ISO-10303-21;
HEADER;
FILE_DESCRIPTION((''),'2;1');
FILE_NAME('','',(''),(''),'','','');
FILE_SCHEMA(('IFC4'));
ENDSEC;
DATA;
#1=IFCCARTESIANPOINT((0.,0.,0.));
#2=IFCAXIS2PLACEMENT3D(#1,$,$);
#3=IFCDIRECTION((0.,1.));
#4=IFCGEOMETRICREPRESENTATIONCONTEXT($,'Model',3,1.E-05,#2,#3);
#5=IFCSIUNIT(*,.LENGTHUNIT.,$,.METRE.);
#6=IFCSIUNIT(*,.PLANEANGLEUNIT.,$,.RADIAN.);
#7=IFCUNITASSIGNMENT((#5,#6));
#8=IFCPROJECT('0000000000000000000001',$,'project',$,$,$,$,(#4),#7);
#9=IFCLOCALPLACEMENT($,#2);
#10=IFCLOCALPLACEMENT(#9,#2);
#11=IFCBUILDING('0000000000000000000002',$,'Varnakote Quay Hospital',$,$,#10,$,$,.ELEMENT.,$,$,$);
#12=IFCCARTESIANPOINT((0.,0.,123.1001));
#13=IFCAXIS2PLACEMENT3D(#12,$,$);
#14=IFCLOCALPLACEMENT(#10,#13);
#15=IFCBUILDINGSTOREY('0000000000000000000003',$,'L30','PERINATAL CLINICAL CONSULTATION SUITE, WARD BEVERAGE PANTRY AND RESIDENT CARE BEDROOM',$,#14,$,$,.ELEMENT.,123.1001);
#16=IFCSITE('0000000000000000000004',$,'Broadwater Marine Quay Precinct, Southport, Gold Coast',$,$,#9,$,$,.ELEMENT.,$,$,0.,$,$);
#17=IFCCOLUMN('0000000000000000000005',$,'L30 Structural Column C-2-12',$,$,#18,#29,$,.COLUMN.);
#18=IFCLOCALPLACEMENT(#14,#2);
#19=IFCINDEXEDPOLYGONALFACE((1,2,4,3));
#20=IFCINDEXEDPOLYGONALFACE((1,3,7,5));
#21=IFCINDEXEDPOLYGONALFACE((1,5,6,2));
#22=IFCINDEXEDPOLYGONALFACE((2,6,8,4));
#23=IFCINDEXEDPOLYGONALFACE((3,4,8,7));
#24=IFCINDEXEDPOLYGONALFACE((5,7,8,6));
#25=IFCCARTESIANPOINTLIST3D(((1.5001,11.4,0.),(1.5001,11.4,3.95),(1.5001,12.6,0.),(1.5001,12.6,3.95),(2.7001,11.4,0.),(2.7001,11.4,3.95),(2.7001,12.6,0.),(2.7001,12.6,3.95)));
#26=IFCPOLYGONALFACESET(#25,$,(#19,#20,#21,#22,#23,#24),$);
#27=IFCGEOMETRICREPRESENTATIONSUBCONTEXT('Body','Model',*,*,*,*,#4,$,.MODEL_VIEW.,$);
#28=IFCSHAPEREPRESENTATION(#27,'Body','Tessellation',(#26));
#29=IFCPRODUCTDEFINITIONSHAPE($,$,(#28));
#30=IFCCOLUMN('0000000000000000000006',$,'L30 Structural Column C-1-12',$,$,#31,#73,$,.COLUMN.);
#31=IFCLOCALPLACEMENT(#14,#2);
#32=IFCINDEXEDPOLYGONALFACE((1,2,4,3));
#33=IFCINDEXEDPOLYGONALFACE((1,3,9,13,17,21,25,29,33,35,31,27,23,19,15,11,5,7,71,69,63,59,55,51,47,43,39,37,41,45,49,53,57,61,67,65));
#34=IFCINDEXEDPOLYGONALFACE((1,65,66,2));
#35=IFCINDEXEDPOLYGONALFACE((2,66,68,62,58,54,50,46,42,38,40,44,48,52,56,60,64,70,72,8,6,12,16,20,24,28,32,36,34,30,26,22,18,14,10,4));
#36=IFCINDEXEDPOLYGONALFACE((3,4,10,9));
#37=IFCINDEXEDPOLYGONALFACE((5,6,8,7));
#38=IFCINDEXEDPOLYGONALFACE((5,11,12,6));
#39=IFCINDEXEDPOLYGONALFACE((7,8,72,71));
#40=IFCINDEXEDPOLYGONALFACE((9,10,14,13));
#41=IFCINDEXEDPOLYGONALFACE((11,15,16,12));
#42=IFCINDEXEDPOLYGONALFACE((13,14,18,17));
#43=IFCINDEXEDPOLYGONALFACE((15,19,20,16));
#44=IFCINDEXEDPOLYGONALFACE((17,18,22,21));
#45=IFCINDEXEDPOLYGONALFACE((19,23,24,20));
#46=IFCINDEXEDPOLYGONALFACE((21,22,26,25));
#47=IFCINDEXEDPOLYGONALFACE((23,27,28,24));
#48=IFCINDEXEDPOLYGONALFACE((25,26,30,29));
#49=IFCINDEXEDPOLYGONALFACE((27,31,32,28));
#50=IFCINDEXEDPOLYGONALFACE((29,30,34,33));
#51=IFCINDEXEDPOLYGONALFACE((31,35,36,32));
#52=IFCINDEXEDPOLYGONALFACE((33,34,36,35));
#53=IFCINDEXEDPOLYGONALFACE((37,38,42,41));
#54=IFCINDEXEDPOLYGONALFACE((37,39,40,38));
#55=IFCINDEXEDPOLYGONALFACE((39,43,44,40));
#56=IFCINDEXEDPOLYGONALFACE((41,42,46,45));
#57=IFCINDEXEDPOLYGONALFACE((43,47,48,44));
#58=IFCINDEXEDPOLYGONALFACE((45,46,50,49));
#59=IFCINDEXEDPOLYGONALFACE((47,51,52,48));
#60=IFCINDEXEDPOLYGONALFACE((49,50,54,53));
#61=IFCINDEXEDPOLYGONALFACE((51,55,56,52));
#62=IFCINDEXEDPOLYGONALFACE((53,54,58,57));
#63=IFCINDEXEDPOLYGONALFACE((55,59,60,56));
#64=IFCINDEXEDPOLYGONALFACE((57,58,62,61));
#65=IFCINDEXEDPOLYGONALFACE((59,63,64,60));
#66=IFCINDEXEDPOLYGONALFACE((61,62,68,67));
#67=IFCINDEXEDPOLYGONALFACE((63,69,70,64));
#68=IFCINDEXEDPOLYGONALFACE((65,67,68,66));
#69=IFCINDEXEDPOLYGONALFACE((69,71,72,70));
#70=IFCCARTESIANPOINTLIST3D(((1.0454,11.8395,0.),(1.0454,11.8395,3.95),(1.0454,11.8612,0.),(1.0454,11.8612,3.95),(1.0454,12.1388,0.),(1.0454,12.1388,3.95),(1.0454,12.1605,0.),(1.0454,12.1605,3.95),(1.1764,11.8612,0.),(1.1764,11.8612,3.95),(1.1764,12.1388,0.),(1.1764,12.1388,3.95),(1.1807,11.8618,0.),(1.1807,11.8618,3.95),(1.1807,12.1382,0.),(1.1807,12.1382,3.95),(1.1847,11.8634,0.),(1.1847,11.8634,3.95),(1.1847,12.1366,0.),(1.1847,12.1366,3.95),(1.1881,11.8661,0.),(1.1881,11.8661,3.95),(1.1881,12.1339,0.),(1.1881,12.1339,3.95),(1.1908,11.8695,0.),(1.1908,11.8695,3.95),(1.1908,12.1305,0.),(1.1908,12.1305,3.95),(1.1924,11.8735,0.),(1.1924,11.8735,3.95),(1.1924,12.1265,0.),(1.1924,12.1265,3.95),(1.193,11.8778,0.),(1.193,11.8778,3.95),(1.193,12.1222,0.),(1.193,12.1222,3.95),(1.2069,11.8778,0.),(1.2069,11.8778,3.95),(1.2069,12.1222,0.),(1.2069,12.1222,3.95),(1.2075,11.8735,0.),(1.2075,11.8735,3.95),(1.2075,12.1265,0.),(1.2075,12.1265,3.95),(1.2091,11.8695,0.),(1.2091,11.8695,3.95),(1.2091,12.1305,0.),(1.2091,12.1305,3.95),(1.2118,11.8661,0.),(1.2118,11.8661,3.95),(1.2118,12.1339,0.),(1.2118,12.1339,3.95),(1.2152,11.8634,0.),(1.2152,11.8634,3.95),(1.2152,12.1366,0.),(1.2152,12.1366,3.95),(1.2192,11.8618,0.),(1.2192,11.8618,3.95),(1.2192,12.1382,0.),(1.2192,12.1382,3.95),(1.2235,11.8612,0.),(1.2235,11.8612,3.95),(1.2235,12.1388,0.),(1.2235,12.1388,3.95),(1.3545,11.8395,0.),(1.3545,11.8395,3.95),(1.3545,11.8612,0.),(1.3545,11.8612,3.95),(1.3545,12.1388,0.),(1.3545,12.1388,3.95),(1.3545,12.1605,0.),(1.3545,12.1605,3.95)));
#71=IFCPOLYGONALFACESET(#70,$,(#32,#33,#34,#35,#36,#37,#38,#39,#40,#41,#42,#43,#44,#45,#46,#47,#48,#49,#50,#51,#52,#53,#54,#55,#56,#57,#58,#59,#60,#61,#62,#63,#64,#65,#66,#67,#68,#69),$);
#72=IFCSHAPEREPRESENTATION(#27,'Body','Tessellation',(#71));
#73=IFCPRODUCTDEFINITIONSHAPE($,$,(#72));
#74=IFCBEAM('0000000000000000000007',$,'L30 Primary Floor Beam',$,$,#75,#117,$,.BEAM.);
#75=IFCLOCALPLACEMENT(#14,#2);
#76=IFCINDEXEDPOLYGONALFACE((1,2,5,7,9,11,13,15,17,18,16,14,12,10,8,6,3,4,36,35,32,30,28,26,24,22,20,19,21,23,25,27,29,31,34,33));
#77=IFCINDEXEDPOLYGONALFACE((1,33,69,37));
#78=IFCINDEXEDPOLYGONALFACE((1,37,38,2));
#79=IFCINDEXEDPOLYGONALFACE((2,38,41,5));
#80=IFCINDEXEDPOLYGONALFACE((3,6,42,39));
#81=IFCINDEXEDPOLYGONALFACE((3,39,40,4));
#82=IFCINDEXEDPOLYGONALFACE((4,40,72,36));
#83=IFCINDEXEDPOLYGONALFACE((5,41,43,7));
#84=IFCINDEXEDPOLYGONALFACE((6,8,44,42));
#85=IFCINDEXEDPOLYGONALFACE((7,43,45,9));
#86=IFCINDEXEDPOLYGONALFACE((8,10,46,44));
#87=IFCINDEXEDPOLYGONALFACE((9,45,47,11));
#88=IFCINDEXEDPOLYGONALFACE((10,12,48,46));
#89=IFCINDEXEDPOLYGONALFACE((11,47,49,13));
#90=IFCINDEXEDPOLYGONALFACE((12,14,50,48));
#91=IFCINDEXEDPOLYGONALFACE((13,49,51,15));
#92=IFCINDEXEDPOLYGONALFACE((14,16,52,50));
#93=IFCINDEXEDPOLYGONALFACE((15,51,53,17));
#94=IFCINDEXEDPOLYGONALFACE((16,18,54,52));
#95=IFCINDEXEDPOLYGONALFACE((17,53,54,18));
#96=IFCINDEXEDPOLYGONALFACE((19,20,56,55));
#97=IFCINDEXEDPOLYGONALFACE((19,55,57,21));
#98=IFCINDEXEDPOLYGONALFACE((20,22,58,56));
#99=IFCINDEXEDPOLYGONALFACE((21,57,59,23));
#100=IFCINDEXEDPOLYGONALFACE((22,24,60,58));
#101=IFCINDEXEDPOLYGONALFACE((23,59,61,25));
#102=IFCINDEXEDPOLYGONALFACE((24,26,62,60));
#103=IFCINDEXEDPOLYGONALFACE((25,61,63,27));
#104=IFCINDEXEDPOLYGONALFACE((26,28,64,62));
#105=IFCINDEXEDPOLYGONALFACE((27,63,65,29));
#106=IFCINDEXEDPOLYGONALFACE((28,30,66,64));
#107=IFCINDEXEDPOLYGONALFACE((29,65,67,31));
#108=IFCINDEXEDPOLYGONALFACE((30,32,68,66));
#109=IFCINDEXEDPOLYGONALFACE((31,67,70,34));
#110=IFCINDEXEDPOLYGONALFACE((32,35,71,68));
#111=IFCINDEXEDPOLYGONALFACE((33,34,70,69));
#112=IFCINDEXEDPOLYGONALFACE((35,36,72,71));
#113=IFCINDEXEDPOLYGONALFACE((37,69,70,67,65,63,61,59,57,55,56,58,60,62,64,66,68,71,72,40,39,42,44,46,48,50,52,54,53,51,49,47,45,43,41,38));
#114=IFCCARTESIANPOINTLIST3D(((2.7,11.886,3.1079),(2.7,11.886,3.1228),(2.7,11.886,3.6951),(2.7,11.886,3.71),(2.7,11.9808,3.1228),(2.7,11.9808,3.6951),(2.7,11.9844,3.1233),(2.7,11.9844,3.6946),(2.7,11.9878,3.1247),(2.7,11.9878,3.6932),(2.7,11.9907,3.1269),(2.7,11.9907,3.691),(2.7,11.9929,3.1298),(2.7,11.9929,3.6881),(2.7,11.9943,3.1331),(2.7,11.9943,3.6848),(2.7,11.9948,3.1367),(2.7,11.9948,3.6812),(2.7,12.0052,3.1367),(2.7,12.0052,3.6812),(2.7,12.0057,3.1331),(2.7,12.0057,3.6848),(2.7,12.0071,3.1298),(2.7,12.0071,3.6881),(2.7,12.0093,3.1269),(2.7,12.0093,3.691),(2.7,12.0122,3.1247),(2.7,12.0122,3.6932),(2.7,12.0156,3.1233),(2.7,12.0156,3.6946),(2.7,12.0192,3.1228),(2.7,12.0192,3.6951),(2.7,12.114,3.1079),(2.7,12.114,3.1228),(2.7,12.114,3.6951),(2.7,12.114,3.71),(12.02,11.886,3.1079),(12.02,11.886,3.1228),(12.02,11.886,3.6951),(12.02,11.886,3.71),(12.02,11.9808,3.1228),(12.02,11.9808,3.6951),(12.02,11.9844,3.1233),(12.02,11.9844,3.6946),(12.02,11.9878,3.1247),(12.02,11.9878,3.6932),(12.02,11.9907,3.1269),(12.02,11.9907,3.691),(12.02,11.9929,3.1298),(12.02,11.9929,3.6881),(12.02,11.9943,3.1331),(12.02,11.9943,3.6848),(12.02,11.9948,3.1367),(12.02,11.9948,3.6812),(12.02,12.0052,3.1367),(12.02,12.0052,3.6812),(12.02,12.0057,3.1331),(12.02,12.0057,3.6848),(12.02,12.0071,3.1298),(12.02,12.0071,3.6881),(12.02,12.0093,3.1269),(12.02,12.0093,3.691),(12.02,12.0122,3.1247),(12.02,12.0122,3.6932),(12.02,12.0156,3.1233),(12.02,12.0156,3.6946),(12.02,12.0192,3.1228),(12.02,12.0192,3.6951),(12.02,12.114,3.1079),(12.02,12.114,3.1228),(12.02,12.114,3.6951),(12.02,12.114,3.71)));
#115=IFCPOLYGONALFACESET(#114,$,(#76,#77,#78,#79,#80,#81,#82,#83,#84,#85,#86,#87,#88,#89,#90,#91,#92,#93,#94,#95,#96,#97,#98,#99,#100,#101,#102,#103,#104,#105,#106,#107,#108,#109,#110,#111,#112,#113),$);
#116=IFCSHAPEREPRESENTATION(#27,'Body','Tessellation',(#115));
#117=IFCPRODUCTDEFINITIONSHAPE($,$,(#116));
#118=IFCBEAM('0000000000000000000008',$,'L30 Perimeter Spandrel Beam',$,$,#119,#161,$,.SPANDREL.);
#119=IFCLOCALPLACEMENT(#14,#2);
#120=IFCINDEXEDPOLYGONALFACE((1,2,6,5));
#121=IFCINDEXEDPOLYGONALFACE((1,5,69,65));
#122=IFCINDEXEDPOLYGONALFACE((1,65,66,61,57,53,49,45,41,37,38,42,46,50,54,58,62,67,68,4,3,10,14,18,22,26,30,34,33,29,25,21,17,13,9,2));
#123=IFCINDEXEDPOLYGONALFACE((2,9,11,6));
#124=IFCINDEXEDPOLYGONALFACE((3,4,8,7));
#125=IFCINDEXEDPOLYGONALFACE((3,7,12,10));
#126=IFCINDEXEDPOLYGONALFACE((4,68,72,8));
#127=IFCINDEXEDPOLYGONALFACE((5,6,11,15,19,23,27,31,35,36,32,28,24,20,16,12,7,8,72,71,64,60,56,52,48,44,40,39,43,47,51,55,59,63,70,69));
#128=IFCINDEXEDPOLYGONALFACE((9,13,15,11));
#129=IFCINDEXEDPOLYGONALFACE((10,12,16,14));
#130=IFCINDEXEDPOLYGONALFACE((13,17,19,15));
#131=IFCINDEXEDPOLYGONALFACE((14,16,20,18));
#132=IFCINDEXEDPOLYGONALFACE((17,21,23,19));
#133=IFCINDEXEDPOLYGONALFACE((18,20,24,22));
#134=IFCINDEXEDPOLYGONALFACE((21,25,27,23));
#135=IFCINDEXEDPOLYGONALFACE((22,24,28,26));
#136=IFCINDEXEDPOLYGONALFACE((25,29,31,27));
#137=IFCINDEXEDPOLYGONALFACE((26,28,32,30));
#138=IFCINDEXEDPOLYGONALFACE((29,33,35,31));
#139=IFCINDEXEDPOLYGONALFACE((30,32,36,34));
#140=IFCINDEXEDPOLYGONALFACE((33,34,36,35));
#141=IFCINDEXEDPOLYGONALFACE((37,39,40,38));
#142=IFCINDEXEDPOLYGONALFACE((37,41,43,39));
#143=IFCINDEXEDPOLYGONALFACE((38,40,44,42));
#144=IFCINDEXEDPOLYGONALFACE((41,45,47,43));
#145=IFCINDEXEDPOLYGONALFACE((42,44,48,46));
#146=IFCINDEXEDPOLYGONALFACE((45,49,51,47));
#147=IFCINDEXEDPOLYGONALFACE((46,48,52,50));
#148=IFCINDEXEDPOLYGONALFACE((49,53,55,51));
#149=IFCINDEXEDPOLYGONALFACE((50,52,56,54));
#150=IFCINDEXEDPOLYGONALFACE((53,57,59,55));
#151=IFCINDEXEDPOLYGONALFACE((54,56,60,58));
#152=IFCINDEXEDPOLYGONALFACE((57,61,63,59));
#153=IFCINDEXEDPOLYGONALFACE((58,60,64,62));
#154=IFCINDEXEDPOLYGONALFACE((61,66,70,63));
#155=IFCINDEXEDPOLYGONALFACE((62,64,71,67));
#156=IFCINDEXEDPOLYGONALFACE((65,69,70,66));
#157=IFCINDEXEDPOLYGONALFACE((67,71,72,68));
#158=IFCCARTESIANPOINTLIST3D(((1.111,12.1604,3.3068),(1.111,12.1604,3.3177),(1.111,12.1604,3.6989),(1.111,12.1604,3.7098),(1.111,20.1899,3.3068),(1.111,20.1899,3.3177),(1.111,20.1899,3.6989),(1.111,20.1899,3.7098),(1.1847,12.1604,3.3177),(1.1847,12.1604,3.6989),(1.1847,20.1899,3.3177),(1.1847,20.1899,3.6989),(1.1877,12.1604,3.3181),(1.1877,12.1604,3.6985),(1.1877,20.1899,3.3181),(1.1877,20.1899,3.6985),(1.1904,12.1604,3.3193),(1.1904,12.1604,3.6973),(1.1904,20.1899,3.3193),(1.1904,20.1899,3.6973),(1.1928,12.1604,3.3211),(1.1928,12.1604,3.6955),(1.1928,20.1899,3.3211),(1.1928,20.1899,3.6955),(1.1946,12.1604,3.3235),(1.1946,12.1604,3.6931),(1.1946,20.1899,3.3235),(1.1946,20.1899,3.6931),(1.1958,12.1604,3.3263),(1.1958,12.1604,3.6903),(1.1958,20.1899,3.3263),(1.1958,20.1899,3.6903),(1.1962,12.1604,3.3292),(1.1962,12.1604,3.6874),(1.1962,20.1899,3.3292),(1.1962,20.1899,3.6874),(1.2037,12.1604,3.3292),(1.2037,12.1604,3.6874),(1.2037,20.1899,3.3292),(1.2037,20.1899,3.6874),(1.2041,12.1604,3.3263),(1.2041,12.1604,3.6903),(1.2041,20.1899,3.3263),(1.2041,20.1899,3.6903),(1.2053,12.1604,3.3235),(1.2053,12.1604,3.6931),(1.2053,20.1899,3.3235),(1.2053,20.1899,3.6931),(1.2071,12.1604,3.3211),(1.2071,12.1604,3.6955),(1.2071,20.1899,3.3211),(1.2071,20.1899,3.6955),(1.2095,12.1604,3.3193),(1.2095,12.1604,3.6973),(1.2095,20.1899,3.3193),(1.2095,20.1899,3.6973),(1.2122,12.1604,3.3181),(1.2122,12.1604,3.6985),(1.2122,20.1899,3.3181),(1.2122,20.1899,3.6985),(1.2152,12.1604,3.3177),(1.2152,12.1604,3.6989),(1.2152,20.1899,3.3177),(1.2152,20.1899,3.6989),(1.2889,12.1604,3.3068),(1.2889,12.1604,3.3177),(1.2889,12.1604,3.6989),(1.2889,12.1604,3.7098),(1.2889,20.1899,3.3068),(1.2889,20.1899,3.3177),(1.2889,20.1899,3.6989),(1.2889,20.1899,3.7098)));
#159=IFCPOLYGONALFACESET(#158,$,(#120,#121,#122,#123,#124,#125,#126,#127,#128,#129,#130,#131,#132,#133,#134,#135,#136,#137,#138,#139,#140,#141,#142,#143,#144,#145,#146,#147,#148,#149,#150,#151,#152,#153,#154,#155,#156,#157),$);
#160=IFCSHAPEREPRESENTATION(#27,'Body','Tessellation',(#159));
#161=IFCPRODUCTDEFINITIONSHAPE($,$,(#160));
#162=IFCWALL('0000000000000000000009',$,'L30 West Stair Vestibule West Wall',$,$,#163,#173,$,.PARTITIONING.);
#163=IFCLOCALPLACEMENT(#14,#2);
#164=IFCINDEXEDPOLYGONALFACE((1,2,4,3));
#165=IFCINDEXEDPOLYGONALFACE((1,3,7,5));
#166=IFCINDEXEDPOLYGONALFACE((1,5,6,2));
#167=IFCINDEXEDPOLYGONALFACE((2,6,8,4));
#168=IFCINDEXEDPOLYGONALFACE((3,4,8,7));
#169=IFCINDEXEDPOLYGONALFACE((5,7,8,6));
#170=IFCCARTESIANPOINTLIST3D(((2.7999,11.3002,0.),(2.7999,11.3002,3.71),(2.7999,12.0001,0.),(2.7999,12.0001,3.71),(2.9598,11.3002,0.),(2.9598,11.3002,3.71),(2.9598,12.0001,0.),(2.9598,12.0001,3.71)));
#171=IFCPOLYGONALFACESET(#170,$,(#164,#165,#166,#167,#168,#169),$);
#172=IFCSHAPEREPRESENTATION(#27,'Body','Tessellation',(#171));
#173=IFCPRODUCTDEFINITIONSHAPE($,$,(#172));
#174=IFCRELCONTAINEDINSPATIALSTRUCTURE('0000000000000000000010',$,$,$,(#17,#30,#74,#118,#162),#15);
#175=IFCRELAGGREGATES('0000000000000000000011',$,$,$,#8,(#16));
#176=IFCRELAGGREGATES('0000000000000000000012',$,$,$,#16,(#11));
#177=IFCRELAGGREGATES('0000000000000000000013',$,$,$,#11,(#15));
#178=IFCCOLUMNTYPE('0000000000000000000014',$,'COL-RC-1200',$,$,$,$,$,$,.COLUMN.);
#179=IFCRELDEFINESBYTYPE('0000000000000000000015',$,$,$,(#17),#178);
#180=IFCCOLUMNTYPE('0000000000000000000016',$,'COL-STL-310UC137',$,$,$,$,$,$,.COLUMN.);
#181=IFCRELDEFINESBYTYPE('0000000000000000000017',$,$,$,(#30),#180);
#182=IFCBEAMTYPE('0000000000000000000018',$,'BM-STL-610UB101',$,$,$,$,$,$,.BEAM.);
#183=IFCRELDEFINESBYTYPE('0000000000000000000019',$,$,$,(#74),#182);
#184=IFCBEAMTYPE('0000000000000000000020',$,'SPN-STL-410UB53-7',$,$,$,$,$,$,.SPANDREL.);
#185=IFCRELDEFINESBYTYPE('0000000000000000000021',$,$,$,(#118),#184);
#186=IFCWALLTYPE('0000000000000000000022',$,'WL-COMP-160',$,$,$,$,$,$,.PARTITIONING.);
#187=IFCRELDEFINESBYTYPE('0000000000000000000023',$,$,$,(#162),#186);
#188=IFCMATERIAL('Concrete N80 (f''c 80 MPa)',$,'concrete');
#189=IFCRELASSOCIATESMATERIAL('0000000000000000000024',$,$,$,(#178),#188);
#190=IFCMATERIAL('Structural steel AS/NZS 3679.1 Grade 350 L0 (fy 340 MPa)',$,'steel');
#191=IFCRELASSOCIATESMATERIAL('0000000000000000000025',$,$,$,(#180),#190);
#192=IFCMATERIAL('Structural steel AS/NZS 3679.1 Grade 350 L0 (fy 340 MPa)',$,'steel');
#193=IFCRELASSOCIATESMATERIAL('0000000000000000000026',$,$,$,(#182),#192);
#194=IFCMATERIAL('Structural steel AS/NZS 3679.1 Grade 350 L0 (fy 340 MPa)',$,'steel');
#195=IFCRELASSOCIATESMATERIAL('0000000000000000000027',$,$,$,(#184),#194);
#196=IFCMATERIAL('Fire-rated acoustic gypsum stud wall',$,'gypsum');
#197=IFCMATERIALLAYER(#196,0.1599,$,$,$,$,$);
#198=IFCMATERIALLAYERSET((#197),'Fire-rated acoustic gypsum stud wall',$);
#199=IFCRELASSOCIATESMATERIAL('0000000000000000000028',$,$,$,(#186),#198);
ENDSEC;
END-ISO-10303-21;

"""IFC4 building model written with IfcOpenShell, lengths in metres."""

from ifc_helpers import new_model, si_unit, direction, frame, frame_2d, origin, origin_2d, place, context, subcontext, project, spatial, rectangle, i_section, extrude, material, layer, layer_set, material_profile, profile_set, type_object, element, save


model = new_model("IFC4")

# Units and contexts
model_context = context("Model", 3, precision=1e-05, world=origin(), true_north=direction((0.0, 1.0)))
body_context = subcontext(model_context, "Body", "Model", "MODEL_VIEW")
ifc_project = project(units=[si_unit("LENGTHUNIT", "METRE"), si_unit("PLANEANGLEUNIT", "RADIAN")], contexts=[model_context])

# Site, building, storey
site_placement = place(None, origin())
site = spatial("IfcSite", under=ifc_project, at=site_placement, Name="Broadwater Marine Quay Precinct, Southport, Gold Coast", CompositionType="ELEMENT", RefElevation=0.0)
building_placement = place(site_placement, origin())
building = spatial("IfcBuilding", under=site, at=building_placement, Name="Varnakote Quay Hospital", CompositionType="ELEMENT")
storey_placement = place(building_placement, frame((0.0, 0.0, 123.1001)))
storey = spatial("IfcBuildingStorey", under=building, at=storey_placement, Name="L30", Description="PERINATAL CLINICAL CONSULTATION SUITE, WARD BEVERAGE PANTRY AND RESIDENT CARE BEDROOM", CompositionType="ELEMENT", Elevation=123.1001)

# Columns
ifc_material_1 = material(Name="Concrete N80 (f'c 80 MPa)", Category="concrete")
ifc_material_profile_1 = material_profile(ifc_material_1, rectangle(XDim=1.2, YDim=1.2, at=origin_2d()), Name="RC-COL-1200x1200")
ifc_profile_set_1 = profile_set([ifc_material_profile_1], Name="Concrete N80 (f'c 80 MPa)")
column_type_1 = type_object("IfcColumnType", Name="COL-RC-1200", PredefinedType="COLUMN", material=ifc_profile_set_1)
column_1_placement = place(storey_placement, frame((2.1001, 12.0, 0.0), z_axis=(0.0, 0.0, 1.0), x_axis=(1.0, 0.0, 0.0)))
element("IfcColumn", 1, at=column_1_placement, inside=storey, type_object=column_type_1, Name="L30 Structural Column C-2-12", PredefinedType="COLUMN", context=body_context, shape_type="SweptSolid", body=[
    extrude(rectangle(XDim=1.2, YDim=1.2, at=origin_2d()), origin(), (0.0, 0.0, 1.0), 3.95),
])
ifc_material_2 = material(Name="Structural steel AS/NZS 3679.1 Grade 350 L0 (fy 340 MPa)", Category="steel")
ifc_material_profile_2 = material_profile(ifc_material_2, i_section(OverallWidth=0.3091, OverallDepth=0.321, WebThickness=0.0139, FlangeThickness=0.0217, FilletRadius=0.0166, at=origin_2d()), Name="310UC137")
ifc_profile_set_2 = profile_set([ifc_material_profile_2], Name="Structural steel AS/NZS 3679.1 Grade 350 L0 (fy 340 MPa)")
column_type_2 = type_object("IfcColumnType", Name="COL-STL-310UC137", PredefinedType="COLUMN", material=ifc_profile_set_2)
column_2_placement = place(storey_placement, frame((1.2, 12.0, 0.0), z_axis=(0.0, 0.0, 1.0), x_axis=(1.0, 0.0, 0.0)))
element("IfcColumn", 2, at=column_2_placement, inside=storey, type_object=column_type_2, Name="L30 Structural Column C-1-12", PredefinedType="COLUMN", context=body_context, shape_type="SweptSolid", body=[
    extrude(i_section(OverallWidth=0.3091, OverallDepth=0.321, WebThickness=0.0139, FlangeThickness=0.0217, FilletRadius=0.0166, at=origin_2d()), origin(), (0.0, 0.0, 1.0), 3.95),
])

# Beams
ifc_material_3 = material(Name="Structural steel AS/NZS 3679.1 Grade 350 L0 (fy 340 MPa)", Category="steel")
ifc_material_profile_3 = material_profile(ifc_material_3, i_section(OverallWidth=0.228, OverallDepth=0.6021, WebThickness=0.0105, FlangeThickness=0.0149, FilletRadius=0.0139, at=origin_2d()), Name="610UB101")
ifc_profile_set_3 = profile_set([ifc_material_profile_3], Name="Structural steel AS/NZS 3679.1 Grade 350 L0 (fy 340 MPa)")
beam_type_1 = type_object("IfcBeamType", Name="BM-STL-610UB101", PredefinedType="BEAM", material=ifc_profile_set_3)
beam_1_placement = place(storey_placement, frame((2.7, 12.0, 3.4089), z_axis=(1.0, 0.0, 0.0), x_axis=(0.0, 1.0, 0.0)))
element("IfcBeam", 3, at=beam_1_placement, inside=storey, type_object=beam_type_1, Name="L30 Primary Floor Beam", PredefinedType="BEAM", context=body_context, shape_type="SweptSolid", body=[
    extrude(i_section(OverallWidth=0.228, OverallDepth=0.6021, WebThickness=0.0105, FlangeThickness=0.0149, FilletRadius=0.0139, at=origin_2d()), origin(), (0.0, 0.0, 1.0), 9.3201),
])
ifc_material_4 = material(Name="Structural steel AS/NZS 3679.1 Grade 350 L0 (fy 340 MPa)", Category="steel")
ifc_material_profile_4 = material_profile(ifc_material_4, i_section(OverallWidth=0.178, OverallDepth=0.4031, WebThickness=0.0076, FlangeThickness=0.011, FilletRadius=0.0115, at=origin_2d()), Name="410UB53.7")
ifc_profile_set_4 = profile_set([ifc_material_profile_4], Name="Structural steel AS/NZS 3679.1 Grade 350 L0 (fy 340 MPa)")
beam_type_2 = type_object("IfcBeamType", Name="SPN-STL-410UB53-7", PredefinedType="SPANDREL", material=ifc_profile_set_4)
beam_2_placement = place(storey_placement, frame((1.2, 12.1604, 3.5083), z_axis=(0.0, 1.0, 0.0), x_axis=(-1.0, 0.0, 0.0)))
element("IfcBeam", 4, at=beam_2_placement, inside=storey, type_object=beam_type_2, Name="L30 Perimeter Spandrel Beam", PredefinedType="SPANDREL", context=body_context, shape_type="SweptSolid", body=[
    extrude(i_section(OverallWidth=0.178, OverallDepth=0.4031, WebThickness=0.0076, FlangeThickness=0.011, FilletRadius=0.0115, at=origin_2d()), origin(), (0.0, 0.0, 1.0), 8.0295),
])

# Wall
ifc_material_5 = material(Name="Fire-rated acoustic gypsum stud wall", Category="gypsum")
ifc_layer_1 = layer(ifc_material_5, 0.1599)
ifc_layer_set_1 = layer_set([ifc_layer_1], Name="Fire-rated acoustic gypsum stud wall")
wall_type_1 = type_object("IfcWallType", Name="WL-COMP-160", PredefinedType="PARTITIONING", material=ifc_layer_set_1)
wall_1_placement = place(storey_placement, frame((2.8799, 11.3, 0.0), z_axis=(0.0, 0.0, 1.0), x_axis=(0.0, 1.0, 0.0)))
element("IfcWall", 5, at=wall_1_placement, inside=storey, type_object=wall_type_1, Name="L30 West Stair Vestibule West Wall", PredefinedType="PARTITIONING", context=body_context, shape_type="SweptSolid", body=[
    extrude(rectangle(XDim=0.7, YDim=0.1599, at=frame_2d((0.3501, 0.0))), origin(), (0.0, 0.0, 1.0), 3.71),
])

save(model, "model.ifc")
